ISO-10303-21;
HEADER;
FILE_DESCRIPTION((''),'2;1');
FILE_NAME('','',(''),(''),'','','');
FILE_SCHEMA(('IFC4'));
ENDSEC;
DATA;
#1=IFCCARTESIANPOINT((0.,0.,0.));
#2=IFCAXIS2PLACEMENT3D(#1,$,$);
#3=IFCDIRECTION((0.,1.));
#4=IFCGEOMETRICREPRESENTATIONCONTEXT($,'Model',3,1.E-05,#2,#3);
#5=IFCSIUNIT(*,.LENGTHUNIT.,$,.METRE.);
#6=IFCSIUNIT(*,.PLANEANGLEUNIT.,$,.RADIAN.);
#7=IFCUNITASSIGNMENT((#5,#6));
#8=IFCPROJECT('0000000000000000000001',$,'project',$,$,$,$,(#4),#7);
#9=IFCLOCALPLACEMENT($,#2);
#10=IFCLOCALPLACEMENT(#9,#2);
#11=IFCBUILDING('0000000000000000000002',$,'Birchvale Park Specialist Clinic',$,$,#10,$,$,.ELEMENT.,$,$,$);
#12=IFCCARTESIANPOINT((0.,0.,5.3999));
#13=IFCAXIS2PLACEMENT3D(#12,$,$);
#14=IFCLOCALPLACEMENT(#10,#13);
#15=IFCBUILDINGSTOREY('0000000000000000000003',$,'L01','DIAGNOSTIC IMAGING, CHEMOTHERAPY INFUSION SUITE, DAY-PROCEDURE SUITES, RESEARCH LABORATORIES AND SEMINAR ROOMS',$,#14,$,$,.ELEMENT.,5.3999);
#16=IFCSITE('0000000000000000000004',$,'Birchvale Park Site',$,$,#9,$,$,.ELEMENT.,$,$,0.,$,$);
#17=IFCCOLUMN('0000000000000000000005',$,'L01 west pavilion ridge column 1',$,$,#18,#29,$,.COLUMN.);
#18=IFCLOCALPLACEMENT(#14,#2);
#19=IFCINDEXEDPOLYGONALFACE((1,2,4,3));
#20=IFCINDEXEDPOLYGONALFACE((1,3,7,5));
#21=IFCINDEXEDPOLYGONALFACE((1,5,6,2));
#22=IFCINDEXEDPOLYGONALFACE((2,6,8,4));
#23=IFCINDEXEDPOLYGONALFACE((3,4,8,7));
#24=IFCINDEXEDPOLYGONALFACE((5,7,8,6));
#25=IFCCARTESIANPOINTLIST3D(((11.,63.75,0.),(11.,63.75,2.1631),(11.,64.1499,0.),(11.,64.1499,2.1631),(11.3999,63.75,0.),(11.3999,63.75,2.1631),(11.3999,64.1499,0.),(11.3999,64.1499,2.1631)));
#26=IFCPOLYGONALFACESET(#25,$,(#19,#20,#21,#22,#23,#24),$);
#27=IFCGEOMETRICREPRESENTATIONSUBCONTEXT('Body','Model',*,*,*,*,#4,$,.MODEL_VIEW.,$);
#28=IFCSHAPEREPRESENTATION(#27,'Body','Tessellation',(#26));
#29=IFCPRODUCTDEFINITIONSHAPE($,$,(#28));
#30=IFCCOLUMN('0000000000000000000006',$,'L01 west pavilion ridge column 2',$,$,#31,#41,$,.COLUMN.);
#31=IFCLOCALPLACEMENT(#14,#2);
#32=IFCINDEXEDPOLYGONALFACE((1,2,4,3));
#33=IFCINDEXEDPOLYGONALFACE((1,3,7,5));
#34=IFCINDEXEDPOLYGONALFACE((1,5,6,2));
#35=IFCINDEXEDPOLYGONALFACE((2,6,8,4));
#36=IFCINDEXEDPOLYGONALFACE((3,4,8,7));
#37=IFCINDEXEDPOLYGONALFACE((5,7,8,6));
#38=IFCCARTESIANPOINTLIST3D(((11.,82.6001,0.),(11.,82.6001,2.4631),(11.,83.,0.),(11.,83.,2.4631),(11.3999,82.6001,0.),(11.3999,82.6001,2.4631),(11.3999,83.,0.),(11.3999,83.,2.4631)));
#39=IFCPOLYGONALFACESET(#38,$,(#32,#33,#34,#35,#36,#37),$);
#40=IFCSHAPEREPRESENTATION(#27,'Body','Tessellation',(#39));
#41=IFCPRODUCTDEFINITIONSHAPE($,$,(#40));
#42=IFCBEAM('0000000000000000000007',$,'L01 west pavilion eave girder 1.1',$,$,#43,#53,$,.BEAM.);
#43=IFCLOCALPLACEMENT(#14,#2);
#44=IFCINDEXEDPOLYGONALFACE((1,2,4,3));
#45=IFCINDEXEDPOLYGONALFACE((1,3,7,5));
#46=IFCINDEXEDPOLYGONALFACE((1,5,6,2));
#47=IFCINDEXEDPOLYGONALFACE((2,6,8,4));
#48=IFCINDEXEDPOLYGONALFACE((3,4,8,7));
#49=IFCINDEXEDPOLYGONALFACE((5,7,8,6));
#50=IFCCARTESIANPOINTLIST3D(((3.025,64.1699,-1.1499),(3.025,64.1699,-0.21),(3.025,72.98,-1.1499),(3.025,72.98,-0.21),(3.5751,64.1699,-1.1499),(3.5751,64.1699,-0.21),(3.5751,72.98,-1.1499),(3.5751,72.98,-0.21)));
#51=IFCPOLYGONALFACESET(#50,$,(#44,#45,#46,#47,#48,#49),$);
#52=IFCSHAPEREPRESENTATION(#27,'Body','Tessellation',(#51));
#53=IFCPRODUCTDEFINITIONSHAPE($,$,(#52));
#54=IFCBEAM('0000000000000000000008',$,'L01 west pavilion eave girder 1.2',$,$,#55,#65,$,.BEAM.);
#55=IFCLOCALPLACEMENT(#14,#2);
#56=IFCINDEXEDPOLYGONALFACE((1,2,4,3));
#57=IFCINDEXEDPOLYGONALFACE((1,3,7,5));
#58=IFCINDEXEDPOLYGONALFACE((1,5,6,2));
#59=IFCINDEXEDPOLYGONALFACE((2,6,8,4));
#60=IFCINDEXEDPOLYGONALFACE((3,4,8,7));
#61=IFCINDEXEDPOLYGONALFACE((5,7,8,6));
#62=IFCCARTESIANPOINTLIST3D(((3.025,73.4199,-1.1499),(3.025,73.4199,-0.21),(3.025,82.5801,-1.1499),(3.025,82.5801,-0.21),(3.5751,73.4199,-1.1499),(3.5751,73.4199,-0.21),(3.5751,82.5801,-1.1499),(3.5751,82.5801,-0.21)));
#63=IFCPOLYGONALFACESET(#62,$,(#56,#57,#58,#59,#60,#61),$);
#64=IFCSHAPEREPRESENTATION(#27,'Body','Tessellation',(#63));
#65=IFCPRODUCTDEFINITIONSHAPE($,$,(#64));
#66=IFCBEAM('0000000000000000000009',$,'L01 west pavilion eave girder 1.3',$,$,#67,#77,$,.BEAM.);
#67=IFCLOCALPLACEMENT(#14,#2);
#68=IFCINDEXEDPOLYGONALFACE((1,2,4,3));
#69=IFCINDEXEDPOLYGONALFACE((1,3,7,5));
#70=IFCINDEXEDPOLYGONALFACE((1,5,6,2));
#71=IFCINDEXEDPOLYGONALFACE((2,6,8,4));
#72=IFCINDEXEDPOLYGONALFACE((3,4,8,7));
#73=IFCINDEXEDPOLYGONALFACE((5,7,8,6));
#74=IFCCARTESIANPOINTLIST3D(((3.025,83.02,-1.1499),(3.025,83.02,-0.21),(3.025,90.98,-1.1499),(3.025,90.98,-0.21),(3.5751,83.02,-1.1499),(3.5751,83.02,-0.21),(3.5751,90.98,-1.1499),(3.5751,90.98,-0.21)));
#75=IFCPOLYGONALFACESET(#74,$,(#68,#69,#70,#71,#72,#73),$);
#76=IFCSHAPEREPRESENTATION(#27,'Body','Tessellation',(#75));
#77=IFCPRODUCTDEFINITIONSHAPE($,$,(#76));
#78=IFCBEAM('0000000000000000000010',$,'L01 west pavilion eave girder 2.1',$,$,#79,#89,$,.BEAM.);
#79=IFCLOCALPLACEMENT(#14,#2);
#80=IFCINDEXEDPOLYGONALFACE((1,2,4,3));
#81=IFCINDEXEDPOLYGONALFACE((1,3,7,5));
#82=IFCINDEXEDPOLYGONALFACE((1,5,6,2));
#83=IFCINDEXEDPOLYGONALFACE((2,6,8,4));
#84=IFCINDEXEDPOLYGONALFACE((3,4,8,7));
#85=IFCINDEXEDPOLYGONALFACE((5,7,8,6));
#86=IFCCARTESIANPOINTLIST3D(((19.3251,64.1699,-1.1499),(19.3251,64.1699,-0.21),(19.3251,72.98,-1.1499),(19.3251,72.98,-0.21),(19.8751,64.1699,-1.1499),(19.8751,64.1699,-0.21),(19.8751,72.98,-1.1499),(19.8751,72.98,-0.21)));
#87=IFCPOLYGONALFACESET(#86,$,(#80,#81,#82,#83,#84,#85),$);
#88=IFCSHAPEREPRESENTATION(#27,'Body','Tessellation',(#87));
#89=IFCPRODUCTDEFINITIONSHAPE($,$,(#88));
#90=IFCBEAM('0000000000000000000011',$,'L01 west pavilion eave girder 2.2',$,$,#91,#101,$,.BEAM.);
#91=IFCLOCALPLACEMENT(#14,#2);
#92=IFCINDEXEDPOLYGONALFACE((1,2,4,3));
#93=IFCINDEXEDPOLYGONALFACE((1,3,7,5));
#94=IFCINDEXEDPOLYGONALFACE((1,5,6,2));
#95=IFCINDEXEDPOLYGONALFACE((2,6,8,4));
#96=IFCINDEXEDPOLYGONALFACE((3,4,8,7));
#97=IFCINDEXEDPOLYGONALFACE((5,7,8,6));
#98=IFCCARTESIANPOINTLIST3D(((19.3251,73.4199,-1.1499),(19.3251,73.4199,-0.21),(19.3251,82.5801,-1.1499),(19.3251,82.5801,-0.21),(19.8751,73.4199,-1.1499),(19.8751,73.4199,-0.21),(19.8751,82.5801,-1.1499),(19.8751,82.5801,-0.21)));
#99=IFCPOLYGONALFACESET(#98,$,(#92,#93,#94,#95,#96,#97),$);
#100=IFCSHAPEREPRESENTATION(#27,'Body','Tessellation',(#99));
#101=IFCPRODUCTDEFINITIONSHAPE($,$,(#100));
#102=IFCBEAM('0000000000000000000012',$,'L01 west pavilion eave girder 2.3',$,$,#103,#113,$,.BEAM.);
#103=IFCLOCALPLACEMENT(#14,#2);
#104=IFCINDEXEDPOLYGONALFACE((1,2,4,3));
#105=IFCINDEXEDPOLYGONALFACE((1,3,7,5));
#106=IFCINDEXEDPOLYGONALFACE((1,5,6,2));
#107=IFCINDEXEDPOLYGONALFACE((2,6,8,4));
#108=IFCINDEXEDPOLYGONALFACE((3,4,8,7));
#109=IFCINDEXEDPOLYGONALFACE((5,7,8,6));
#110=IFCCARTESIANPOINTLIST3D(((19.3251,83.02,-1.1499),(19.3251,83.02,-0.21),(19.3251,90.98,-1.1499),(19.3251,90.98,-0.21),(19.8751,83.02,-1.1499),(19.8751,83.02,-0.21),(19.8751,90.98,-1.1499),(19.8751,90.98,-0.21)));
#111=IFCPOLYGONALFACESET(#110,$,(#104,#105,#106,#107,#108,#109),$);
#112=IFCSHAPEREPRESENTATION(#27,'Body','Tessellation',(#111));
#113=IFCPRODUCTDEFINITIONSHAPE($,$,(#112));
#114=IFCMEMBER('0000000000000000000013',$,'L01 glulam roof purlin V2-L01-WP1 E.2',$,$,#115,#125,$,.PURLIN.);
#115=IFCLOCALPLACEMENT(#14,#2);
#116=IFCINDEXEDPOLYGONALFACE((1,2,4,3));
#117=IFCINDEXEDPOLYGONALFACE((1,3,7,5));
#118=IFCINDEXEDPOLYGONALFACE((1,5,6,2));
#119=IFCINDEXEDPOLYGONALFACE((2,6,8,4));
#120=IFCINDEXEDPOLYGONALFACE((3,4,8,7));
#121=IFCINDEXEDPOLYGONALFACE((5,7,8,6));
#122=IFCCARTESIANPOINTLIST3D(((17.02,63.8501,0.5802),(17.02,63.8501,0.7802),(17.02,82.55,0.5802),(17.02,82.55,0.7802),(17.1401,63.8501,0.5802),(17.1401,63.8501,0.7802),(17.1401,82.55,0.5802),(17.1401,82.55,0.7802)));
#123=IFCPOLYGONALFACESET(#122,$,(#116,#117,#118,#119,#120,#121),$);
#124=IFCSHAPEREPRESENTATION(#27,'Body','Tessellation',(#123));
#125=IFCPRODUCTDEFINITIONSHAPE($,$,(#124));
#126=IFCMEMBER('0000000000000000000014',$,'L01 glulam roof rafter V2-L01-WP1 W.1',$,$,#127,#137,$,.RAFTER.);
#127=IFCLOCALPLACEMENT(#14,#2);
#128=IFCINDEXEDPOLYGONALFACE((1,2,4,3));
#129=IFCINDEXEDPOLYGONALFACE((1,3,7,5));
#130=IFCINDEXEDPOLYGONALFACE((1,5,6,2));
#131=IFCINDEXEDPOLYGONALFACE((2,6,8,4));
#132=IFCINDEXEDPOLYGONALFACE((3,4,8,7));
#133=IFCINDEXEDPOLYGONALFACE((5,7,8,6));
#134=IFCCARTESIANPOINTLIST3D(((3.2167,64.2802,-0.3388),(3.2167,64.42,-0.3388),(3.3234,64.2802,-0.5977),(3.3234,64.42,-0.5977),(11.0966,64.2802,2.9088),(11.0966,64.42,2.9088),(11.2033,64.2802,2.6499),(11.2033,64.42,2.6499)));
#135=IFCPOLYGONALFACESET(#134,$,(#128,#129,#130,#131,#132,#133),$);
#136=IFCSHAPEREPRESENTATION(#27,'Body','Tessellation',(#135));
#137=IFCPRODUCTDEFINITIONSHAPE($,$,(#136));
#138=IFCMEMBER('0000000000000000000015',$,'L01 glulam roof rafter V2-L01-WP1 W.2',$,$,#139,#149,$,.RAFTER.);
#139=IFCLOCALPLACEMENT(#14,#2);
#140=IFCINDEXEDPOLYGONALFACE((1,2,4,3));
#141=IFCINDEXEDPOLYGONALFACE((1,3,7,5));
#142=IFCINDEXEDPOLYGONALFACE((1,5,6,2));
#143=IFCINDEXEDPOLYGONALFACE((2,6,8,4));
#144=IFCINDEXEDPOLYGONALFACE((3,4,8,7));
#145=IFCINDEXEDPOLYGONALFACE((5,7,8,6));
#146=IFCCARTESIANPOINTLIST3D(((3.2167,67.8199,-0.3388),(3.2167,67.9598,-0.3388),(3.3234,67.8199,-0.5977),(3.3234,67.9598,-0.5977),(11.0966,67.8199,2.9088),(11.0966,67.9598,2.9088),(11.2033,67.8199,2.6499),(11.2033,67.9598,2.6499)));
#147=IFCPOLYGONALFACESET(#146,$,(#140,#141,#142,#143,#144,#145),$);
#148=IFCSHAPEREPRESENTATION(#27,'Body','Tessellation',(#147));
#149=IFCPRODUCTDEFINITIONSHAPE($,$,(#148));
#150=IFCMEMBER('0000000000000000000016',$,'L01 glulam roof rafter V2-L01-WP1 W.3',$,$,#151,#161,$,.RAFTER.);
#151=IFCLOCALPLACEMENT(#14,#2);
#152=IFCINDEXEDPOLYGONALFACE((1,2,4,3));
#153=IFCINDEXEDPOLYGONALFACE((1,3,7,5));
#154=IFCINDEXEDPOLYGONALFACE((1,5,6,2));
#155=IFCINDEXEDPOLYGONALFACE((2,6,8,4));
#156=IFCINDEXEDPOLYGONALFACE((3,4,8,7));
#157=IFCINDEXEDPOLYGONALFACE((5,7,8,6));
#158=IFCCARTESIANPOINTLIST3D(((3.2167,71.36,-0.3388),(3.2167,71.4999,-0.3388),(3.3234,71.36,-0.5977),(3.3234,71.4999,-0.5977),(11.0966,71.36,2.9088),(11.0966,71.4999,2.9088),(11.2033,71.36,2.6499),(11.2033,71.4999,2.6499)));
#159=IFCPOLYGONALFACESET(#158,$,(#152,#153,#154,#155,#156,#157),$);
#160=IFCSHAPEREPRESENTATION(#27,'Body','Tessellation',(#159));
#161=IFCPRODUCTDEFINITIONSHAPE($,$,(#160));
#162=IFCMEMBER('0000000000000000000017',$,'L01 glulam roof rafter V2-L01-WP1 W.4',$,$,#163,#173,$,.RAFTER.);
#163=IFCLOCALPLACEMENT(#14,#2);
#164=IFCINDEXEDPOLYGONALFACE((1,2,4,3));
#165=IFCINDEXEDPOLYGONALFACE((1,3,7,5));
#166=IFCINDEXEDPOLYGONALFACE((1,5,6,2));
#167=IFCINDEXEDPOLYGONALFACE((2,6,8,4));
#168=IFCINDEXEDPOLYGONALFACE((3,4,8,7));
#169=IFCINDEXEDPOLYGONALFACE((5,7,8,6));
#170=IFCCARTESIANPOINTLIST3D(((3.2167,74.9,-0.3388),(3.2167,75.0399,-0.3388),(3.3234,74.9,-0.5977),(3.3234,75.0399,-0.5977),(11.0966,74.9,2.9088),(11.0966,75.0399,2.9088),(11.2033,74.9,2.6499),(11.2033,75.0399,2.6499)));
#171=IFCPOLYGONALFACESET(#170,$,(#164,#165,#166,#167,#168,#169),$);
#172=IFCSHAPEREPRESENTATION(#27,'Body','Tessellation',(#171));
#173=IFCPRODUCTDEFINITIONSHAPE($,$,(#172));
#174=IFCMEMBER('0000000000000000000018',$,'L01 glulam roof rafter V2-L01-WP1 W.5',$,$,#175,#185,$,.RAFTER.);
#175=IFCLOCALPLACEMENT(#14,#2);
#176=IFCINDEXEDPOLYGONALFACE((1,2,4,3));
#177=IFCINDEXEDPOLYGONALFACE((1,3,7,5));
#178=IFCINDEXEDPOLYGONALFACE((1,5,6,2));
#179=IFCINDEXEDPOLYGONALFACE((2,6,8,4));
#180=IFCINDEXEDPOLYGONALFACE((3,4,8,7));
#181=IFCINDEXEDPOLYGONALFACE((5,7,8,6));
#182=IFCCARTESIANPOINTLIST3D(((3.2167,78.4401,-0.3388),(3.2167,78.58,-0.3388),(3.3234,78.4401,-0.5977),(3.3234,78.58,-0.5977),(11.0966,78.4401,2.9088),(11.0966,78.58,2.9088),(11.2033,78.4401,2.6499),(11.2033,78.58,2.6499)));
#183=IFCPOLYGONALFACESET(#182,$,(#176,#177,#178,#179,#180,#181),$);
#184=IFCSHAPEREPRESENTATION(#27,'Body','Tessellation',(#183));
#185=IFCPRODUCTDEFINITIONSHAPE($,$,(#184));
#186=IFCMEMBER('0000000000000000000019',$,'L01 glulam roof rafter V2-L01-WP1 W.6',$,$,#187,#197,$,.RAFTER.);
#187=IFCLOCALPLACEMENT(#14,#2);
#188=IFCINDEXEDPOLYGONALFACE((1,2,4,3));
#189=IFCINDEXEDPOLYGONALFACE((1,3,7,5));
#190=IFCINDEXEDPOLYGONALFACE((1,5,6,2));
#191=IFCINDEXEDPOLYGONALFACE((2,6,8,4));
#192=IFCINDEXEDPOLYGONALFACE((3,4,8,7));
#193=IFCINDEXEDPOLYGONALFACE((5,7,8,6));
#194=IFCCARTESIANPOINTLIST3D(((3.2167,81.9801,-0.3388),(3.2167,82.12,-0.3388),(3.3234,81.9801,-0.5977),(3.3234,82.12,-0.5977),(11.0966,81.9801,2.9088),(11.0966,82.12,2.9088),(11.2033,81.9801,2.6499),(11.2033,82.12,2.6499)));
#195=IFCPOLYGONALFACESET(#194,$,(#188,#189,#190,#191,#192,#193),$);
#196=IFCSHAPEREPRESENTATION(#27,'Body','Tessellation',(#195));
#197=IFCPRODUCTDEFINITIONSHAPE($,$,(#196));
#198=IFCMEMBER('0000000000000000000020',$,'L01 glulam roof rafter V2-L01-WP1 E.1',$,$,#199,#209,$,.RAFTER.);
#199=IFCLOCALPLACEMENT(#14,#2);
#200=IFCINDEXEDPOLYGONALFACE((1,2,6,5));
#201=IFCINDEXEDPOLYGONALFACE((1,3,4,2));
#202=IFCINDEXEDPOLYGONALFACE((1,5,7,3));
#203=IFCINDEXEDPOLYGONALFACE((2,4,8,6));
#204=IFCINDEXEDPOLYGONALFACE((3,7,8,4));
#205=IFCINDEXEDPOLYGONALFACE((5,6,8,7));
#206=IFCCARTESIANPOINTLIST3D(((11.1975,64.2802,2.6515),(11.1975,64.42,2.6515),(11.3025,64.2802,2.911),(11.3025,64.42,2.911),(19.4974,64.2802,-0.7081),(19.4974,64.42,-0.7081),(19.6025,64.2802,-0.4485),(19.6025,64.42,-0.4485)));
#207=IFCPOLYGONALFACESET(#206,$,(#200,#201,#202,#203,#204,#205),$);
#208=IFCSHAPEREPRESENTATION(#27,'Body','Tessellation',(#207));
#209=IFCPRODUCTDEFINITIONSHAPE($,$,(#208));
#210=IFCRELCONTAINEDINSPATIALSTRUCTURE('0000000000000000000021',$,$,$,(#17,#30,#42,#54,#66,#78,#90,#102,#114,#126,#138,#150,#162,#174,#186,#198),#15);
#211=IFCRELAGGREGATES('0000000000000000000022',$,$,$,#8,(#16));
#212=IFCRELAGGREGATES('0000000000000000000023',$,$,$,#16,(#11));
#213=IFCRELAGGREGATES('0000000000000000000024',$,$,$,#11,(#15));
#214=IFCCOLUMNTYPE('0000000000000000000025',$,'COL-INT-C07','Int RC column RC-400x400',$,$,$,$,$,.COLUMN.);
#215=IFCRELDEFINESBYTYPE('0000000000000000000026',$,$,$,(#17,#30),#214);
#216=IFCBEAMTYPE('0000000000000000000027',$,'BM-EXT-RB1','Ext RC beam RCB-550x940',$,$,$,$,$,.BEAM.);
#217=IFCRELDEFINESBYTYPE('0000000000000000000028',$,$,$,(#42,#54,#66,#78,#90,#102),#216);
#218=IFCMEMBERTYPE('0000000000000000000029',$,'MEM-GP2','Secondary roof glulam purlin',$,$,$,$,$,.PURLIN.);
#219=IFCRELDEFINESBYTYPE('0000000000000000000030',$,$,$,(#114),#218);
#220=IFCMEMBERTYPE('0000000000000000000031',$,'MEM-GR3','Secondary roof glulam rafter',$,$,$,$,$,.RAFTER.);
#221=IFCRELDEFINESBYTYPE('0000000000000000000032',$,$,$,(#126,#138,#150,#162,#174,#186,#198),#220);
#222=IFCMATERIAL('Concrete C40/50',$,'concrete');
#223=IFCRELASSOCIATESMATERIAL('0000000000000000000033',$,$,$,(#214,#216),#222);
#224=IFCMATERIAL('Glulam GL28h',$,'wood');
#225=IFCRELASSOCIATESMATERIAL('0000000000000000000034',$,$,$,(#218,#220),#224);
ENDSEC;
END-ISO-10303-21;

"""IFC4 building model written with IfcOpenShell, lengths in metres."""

from ifc_helpers import new_model, si_unit, direction, frame, origin, origin_2d, place, context, subcontext, project, spatial, rectangle, extrude, material, material_profile, profile_set, type_object, element, save


model = new_model("IFC4")

# Units and contexts
model_context = context("Model", 3, precision=1e-05, world=origin(), true_north=direction((0.0, 1.0)))
body_context = subcontext(model_context, "Body", "Model", "MODEL_VIEW")
ifc_project = project(units=[si_unit("LENGTHUNIT", "METRE"), si_unit("PLANEANGLEUNIT", "RADIAN")], contexts=[model_context])

# Site, building, storey
site_placement = place(None, origin())
site = spatial("IfcSite", under=ifc_project, at=site_placement, Name="Birchvale Park Site", CompositionType="ELEMENT", RefElevation=0.0)
building_placement = place(site_placement, origin())
building = spatial("IfcBuilding", under=site, at=building_placement, Name="Birchvale Park Specialist Clinic", CompositionType="ELEMENT")
storey_placement = place(building_placement, frame((0.0, 0.0, 5.3999)))
storey = spatial("IfcBuildingStorey", under=building, at=storey_placement, Name="L01", Description="DIAGNOSTIC IMAGING, CHEMOTHERAPY INFUSION SUITE, DAY-PROCEDURE SUITES, RESEARCH LABORATORIES AND SEMINAR ROOMS", CompositionType="ELEMENT", Elevation=5.3999)

# Columns
ifc_material_1 = material(Name="Concrete C40/50", Category="concrete")
ifc_material_profile_1 = material_profile(ifc_material_1, rectangle(XDim=0.3999, YDim=0.3999, at=origin_2d()), Name="RC-400x400")
ifc_profile_set_1 = profile_set([ifc_material_profile_1], Name="Concrete C40/50")
column_type = type_object("IfcColumnType", Name="COL-INT-C07", Description="Int RC column RC-400x400", PredefinedType="COLUMN", material=ifc_profile_set_1)
column_1_placement = place(storey_placement, frame((11.2, 63.95, 0.0), z_axis=(0.0, 0.0, 1.0), x_axis=(1.0, 0.0, 0.0)))
element("IfcColumn", 1, at=column_1_placement, inside=storey, type_object=column_type, Name="L01 west pavilion ridge column 1", PredefinedType="COLUMN", context=body_context, shape_type="SweptSolid", body=[
    extrude(rectangle(XDim=0.3999, YDim=0.3999, at=origin_2d()), origin(), (0.0, 0.0, 1.0), 2.1631),
])
column_2_placement = place(storey_placement, frame((11.2, 82.8, 0.0), z_axis=(0.0, 0.0, 1.0), x_axis=(1.0, 0.0, 0.0)))
element("IfcColumn", 2, at=column_2_placement, inside=storey, type_object=column_type, Name="L01 west pavilion ridge column 2", PredefinedType="COLUMN", context=body_context, shape_type="SweptSolid", body=[
    extrude(rectangle(XDim=0.3999, YDim=0.3999, at=origin_2d()), origin(), (0.0, 0.0, 1.0), 2.4631),
])

# Beams
ifc_material_profile_2 = material_profile(ifc_material_1, rectangle(XDim=0.55, YDim=0.9399, at=origin_2d()), Name="RCB-550x940")
ifc_profile_set_2 = profile_set([ifc_material_profile_2], Name="Concrete C40/50")
beam_type_1 = type_object("IfcBeamType", Name="BM-EXT-RB1", Description="Ext RC beam RCB-550x940", PredefinedType="BEAM", material=ifc_profile_set_2)
beam_1_placement = place(storey_placement, frame((3.3, 64.1699, -0.6799), z_axis=(0.0, 1.0, 0.0), x_axis=(-1.0, 0.0, 0.0)))
element("IfcBeam", 3, at=beam_1_placement, inside=storey, type_object=beam_type_1, Name="L01 west pavilion eave girder 1.1", PredefinedType="BEAM", context=body_context, shape_type="SweptSolid", body=[
    extrude(rectangle(XDim=0.55, YDim=0.9399, at=origin_2d()), origin(), (0.0, 0.0, 1.0), 8.8101),
])
beam_2_placement = place(storey_placement, frame((3.3, 73.4199, -0.6799), z_axis=(0.0, 1.0, 0.0), x_axis=(-1.0, 0.0, 0.0)))
element("IfcBeam", 4, at=beam_2_placement, inside=storey, type_object=beam_type_1, Name="L01 west pavilion eave girder 1.2", PredefinedType="BEAM", context=body_context, shape_type="SweptSolid", body=[
    extrude(rectangle(XDim=0.55, YDim=0.9399, at=origin_2d()), origin(), (0.0, 0.0, 1.0), 9.1602),
])
beam_3_placement = place(storey_placement, frame((3.3, 83.02, -0.6799), z_axis=(0.0, 1.0, 0.0), x_axis=(-1.0, 0.0, 0.0)))
element("IfcBeam", 5, at=beam_3_placement, inside=storey, type_object=beam_type_1, Name="L01 west pavilion eave girder 1.3", PredefinedType="BEAM", context=body_context, shape_type="SweptSolid", body=[
    extrude(rectangle(XDim=0.55, YDim=0.9399, at=origin_2d()), origin(), (0.0, 0.0, 1.0), 7.96),
])
beam_4_placement = place(storey_placement, frame((19.6001, 64.1699, -0.6799), z_axis=(0.0, 1.0, 0.0), x_axis=(-1.0, 0.0, 0.0)))
element("IfcBeam", 6, at=beam_4_placement, inside=storey, type_object=beam_type_1, Name="L01 west pavilion eave girder 2.1", PredefinedType="BEAM", context=body_context, shape_type="SweptSolid", body=[
    extrude(rectangle(XDim=0.55, YDim=0.9399, at=origin_2d()), origin(), (0.0, 0.0, 1.0), 8.8101),
])
beam_5_placement = place(storey_placement, frame((19.6001, 73.4199, -0.6799), z_axis=(0.0, 1.0, 0.0), x_axis=(-1.0, 0.0, 0.0)))
element("IfcBeam", 7, at=beam_5_placement, inside=storey, type_object=beam_type_1, Name="L01 west pavilion eave girder 2.2", PredefinedType="BEAM", context=body_context, shape_type="SweptSolid", body=[
    extrude(rectangle(XDim=0.55, YDim=0.9399, at=origin_2d()), origin(), (0.0, 0.0, 1.0), 9.1602),
])
beam_6_placement = place(storey_placement, frame((19.6001, 83.02, -0.6799), z_axis=(0.0, 1.0, 0.0), x_axis=(-1.0, 0.0, 0.0)))
element("IfcBeam", 8, at=beam_6_placement, inside=storey, type_object=beam_type_1, Name="L01 west pavilion eave girder 2.3", PredefinedType="BEAM", context=body_context, shape_type="SweptSolid", body=[
    extrude(rectangle(XDim=0.55, YDim=0.9399, at=origin_2d()), origin(), (0.0, 0.0, 1.0), 7.96),
])

# Members
ifc_material_2 = material(Name="Glulam GL28h", Category="wood")
ifc_material_profile_3 = material_profile(ifc_material_2, rectangle(XDim=0.1201, YDim=0.2, at=origin_2d()), Name="GL-120x200")
ifc_profile_set_3 = profile_set([ifc_material_profile_3], Name="Glulam GL28h")
member_type_1 = type_object("IfcMemberType", Name="MEM-GP2", Description="Secondary roof glulam purlin", PredefinedType="PURLIN", material=ifc_profile_set_3)
member_placement = place(storey_placement, frame((17.0801, 63.8501, 0.6802), z_axis=(0.0, 1.0, 0.0), x_axis=(-1.0, 0.0, 0.0)))
element("IfcMember", 9, at=member_placement, inside=storey, type_object=member_type_1, Name="L01 glulam roof purlin V2-L01-WP1 E.2", PredefinedType="PURLIN", context=body_context, shape_type="SweptSolid", body=[
    extrude(rectangle(XDim=0.1201, YDim=0.2, at=origin_2d()), origin(), (0.0, 0.0, 1.0), 18.7),
])
ifc_material_profile_4 = material_profile(ifc_material_2, rectangle(XDim=0.1399, YDim=0.28, at=origin_2d()), Name="GL-140x280")
ifc_profile_set_4 = profile_set([ifc_material_profile_4], Name="Glulam GL28h")
member_type_2 = type_object("IfcMemberType", Name="MEM-GR3", Description="Secondary roof glulam rafter", PredefinedType="RAFTER", material=ifc_profile_set_4)
for number, where, z_axis, x_axis, name in (
    (10, (3.27, 64.3501, -0.4683), (0.924558, 0.0, 0.381041), (0.0, 1.0, 0.0), "L01 glulam roof rafter V2-L01-WP1 W.1"),
    (11, (3.27, 67.8899, -0.4683), (0.924558, 0.0, 0.381041), (0.0, 1.0, 0.0), "L01 glulam roof rafter V2-L01-WP1 W.2"),
    (12, (3.27, 71.4299, -0.4683), (0.924558, 0.0, 0.381041), (0.0, 1.0, 0.0), "L01 glulam roof rafter V2-L01-WP1 W.3"),
    (13, (3.27, 74.97, -0.4683), (0.924558, 0.0, 0.381041), (0.0, 1.0, 0.0), "L01 glulam roof rafter V2-L01-WP1 W.4"),
    (14, (3.27, 78.51, -0.4683), (0.924558, 0.0, 0.381041), (0.0, 1.0, 0.0), "L01 glulam roof rafter V2-L01-WP1 W.5"),
    (15, (3.27, 82.05, -0.4683), (0.924558, 0.0, 0.381041), (0.0, 1.0, 0.0), "L01 glulam roof rafter V2-L01-WP1 W.6"),
):
    element("IfcMember", number, at=place(storey_placement, frame(where, z_axis=z_axis, x_axis=x_axis)), inside=storey, type_object=member_type_2, Name=name, PredefinedType="RAFTER", context=body_context, shape_type="SweptSolid", body=[
        extrude(rectangle(XDim=0.1399, YDim=0.28, at=origin_2d()), origin(), (0.0, 0.0, 1.0), 8.5229),
    ])
for number, where, z_axis, x_axis, name in (
    (16, (11.25, 64.3501, 2.7812), (0.926944, 0.0, -0.3752), (0.0, 1.0, 0.0), "L01 glulam roof rafter V2-L01-WP1 E.1"),
):
    element("IfcMember", number, at=place(storey_placement, frame(where, z_axis=z_axis, x_axis=x_axis)), inside=storey, type_object=member_type_2, Name=name, PredefinedType="RAFTER", context=body_context, shape_type="SweptSolid", body=[
        extrude(rectangle(XDim=0.1399, YDim=0.28, at=origin_2d()), origin(), (0.0, 0.0, 1.0), 8.9541),
    ])

save(model, "model.ifc")
